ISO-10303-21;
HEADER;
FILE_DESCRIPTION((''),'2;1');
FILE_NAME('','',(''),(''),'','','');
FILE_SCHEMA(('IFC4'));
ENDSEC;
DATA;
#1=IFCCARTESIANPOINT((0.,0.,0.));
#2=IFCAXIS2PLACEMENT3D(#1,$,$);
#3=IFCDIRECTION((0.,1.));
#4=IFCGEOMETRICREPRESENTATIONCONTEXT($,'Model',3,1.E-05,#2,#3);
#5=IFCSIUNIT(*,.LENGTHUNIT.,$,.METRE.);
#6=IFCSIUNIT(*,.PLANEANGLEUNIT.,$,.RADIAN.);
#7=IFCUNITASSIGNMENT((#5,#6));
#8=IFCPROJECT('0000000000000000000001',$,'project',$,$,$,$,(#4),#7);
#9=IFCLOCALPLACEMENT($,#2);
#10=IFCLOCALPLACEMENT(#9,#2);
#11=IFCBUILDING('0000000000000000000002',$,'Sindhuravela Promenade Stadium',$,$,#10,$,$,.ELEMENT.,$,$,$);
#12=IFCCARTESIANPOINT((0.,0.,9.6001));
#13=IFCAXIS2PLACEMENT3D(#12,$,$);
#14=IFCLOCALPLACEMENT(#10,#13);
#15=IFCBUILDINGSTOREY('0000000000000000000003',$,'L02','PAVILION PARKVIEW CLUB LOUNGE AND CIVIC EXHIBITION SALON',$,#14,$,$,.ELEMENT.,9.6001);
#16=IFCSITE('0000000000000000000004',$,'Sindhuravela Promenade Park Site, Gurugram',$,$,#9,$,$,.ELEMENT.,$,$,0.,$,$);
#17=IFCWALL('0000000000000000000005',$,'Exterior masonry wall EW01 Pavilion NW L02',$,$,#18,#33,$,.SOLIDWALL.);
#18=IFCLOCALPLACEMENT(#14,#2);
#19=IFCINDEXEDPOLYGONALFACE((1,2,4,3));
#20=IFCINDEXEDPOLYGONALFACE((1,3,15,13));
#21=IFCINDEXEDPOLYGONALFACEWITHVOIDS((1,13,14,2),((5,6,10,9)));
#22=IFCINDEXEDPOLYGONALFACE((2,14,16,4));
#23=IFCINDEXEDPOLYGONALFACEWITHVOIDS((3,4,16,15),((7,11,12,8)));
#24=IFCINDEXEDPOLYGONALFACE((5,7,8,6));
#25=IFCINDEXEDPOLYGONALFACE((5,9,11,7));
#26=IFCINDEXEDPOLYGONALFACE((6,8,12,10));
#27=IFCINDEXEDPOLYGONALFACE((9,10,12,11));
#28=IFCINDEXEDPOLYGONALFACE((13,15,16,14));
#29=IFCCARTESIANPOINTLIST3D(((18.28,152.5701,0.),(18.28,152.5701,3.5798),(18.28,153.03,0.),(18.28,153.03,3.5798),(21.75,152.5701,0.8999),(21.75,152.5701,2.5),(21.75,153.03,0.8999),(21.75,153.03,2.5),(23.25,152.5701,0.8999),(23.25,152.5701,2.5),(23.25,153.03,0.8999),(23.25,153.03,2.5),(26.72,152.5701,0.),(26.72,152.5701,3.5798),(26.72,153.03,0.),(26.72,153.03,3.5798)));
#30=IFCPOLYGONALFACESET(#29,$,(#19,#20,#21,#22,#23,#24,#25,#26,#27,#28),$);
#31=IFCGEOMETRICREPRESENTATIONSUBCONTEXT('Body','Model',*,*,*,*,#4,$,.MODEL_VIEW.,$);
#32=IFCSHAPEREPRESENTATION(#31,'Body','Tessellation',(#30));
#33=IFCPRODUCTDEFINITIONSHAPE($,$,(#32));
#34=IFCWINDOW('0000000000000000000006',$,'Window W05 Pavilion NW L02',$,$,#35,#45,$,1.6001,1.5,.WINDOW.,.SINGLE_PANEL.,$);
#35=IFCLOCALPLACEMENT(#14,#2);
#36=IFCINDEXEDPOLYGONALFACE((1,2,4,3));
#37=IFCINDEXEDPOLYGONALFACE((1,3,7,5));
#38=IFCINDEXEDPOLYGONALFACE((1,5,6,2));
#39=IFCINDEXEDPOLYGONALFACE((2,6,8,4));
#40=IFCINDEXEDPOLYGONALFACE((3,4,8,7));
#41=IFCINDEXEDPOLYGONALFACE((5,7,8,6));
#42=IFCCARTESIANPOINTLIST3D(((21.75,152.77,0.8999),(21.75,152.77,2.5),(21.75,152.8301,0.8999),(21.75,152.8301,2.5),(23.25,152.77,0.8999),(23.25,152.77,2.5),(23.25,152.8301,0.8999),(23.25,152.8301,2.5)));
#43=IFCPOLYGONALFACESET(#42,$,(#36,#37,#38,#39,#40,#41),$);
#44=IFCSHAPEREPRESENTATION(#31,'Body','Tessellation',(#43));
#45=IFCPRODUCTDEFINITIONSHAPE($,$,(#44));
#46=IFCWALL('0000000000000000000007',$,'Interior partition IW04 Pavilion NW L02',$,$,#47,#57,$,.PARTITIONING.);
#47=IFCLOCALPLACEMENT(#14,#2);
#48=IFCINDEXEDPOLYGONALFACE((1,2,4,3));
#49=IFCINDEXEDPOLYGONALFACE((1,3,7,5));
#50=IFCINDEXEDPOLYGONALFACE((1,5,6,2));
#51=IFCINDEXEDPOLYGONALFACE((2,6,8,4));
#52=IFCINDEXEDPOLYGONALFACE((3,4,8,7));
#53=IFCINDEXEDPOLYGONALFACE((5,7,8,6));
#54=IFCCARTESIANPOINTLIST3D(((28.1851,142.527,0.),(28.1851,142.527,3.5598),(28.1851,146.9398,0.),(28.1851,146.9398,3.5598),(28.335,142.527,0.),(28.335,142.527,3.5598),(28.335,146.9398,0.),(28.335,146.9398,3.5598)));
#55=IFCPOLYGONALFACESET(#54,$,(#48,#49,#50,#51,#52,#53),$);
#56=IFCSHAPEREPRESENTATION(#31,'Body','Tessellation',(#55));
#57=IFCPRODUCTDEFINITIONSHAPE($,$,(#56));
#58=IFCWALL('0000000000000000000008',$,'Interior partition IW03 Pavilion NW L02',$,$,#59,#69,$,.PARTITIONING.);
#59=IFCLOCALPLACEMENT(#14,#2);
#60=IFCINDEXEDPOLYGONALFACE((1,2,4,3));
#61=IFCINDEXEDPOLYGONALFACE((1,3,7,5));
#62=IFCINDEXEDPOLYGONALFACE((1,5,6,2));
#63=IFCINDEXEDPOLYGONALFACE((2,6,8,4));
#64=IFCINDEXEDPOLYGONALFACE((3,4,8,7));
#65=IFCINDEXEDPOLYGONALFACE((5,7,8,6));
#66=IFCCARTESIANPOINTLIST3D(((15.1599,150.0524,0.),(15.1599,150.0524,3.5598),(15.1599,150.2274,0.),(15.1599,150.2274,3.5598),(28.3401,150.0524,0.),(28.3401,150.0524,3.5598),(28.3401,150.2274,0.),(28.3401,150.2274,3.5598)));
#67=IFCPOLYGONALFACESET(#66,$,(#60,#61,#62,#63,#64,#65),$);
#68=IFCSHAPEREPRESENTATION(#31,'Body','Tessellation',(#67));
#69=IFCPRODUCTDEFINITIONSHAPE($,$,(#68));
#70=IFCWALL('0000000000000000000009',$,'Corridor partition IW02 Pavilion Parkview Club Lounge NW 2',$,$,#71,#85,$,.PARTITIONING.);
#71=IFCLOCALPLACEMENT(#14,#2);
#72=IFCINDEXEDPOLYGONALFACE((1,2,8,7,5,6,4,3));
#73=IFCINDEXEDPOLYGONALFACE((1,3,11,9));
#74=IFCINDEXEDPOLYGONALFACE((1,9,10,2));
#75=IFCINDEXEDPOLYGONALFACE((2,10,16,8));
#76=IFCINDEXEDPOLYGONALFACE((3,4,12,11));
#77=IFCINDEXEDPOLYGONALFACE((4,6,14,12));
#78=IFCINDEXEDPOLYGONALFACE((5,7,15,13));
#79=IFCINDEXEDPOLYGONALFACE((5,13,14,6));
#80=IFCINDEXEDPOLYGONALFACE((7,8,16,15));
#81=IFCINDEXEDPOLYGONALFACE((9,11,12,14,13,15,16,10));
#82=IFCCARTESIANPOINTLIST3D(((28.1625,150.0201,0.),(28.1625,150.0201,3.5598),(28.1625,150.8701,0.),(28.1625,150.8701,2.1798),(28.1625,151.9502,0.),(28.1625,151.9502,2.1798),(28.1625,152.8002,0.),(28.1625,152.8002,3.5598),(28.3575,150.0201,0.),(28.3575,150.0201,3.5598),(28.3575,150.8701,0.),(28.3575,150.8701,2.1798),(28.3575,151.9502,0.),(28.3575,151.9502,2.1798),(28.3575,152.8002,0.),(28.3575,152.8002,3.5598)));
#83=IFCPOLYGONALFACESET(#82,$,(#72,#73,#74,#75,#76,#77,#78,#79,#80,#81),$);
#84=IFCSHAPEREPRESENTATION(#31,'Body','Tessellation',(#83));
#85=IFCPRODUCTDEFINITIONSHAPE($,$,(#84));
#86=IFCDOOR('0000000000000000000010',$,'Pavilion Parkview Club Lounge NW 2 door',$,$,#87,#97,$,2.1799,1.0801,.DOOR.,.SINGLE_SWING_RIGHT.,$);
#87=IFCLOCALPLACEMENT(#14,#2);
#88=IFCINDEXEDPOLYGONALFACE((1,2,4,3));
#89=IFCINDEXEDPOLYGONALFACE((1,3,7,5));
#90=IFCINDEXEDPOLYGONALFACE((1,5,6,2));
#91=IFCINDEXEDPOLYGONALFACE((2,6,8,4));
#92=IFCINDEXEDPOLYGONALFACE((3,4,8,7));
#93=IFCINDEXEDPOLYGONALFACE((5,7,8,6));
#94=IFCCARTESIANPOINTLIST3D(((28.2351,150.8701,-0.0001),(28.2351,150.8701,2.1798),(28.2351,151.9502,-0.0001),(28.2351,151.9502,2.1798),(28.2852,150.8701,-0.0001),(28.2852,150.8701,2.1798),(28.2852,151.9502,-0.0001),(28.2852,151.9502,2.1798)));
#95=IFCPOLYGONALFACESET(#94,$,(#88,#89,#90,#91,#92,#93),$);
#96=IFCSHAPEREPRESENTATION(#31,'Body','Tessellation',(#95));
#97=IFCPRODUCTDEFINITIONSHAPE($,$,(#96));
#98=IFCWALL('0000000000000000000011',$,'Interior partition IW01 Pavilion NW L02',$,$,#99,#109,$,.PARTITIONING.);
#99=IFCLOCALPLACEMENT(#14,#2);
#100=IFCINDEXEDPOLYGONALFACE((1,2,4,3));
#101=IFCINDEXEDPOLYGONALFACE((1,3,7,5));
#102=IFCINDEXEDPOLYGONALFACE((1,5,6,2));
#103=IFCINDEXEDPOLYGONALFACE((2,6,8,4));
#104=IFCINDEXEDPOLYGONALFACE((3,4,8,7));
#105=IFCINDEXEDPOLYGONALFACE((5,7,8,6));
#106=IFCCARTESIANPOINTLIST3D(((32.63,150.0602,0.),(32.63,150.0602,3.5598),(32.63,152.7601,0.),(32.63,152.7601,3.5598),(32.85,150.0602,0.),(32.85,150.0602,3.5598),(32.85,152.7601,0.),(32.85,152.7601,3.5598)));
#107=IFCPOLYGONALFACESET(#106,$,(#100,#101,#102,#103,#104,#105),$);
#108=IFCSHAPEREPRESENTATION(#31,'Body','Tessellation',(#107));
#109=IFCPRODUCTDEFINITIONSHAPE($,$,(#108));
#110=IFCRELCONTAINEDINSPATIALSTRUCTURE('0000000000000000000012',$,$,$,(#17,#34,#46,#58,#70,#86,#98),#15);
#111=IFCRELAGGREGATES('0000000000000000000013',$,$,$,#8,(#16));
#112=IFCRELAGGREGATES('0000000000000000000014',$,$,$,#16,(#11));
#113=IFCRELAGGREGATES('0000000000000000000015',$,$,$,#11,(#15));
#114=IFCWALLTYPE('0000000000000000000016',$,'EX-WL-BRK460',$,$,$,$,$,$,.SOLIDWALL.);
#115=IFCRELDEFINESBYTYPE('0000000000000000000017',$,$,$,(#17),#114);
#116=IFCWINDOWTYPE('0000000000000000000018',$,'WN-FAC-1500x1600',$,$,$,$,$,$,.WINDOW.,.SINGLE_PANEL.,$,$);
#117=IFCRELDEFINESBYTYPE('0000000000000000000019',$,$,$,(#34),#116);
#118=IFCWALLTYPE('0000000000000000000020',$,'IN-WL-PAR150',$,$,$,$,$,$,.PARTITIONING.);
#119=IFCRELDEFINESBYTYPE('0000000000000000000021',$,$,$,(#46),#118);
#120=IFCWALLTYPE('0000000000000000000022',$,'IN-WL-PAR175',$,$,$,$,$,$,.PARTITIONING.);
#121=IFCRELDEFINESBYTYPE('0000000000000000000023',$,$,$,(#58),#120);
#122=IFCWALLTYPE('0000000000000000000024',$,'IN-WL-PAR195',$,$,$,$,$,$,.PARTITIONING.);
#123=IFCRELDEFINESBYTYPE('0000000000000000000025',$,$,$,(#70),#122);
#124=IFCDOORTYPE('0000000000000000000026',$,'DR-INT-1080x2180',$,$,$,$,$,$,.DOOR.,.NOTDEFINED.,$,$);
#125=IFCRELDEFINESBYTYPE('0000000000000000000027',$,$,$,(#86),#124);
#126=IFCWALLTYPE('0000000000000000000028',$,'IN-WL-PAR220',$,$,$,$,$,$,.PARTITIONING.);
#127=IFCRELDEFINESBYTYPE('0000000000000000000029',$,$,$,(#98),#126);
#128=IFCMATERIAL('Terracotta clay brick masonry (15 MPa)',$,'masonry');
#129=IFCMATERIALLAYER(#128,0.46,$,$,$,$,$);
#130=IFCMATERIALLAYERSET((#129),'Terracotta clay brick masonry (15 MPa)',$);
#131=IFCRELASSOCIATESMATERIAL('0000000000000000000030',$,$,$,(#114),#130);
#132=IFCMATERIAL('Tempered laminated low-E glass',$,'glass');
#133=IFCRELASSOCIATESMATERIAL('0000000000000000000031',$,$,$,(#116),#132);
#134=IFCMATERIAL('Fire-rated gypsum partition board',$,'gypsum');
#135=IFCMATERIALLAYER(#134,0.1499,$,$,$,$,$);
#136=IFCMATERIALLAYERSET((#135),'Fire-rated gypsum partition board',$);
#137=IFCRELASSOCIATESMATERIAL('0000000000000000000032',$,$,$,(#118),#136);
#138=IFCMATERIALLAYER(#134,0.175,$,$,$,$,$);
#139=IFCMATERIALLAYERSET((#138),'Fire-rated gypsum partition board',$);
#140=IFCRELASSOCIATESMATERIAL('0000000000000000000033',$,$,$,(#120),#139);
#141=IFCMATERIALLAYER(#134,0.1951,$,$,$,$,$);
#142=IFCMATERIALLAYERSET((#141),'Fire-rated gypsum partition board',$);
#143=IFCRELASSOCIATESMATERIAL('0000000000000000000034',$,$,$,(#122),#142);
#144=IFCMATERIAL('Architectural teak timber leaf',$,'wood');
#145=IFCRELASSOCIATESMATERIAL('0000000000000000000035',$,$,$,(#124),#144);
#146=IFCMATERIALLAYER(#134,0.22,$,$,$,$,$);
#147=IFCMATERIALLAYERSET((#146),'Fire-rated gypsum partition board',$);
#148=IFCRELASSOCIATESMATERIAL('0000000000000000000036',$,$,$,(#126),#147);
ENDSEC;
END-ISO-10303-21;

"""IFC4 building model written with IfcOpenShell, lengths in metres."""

from ifc_helpers import new_model, si_unit, direction, frame, frame_2d, origin, place, context, subcontext, project, spatial, rectangle, extrude, material, layer, layer_set, type_object, element, fill, save


model = new_model("IFC4")

# Units and contexts
model_context = context("Model", 3, precision=1e-05, world=origin(), true_north=direction((0.0, 1.0)))
body_context = subcontext(model_context, "Body", "Model", "MODEL_VIEW")
ifc_project = project(units=[si_unit("LENGTHUNIT", "METRE"), si_unit("PLANEANGLEUNIT", "RADIAN")], contexts=[model_context])

# Site, building, storey
site_placement = place(None, origin())
site = spatial("IfcSite", under=ifc_project, at=site_placement, Name="Sindhuravela Promenade Park Site, Gurugram", CompositionType="ELEMENT", RefElevation=0.0)
building_placement = place(site_placement, origin())
building = spatial("IfcBuilding", under=site, at=building_placement, Name="Sindhuravela Promenade Stadium", CompositionType="ELEMENT")
storey_placement = place(building_placement, frame((0.0, 0.0, 9.6001)))
storey = spatial("IfcBuildingStorey", under=building, at=storey_placement, Name="L02", Description="PAVILION PARKVIEW CLUB LOUNGE AND CIVIC EXHIBITION SALON", CompositionType="ELEMENT", Elevation=9.6001)

# Wall, opening, window
ifc_material_1 = material(Name="Terracotta clay brick masonry (15 MPa)", Category="masonry")
ifc_material_2 = material(Name="Tempered laminated low-E glass", Category="glass")
ifc_layer_1 = layer(ifc_material_1, 0.46)
ifc_layer_set_1 = layer_set([ifc_layer_1], Name="Terracotta clay brick masonry (15 MPa)")
wall_type_1 = type_object("IfcWallType", Name="EX-WL-BRK460", PredefinedType="SOLIDWALL", material=ifc_layer_set_1)
wall_1_placement = place(storey_placement, frame((18.28, 152.8, 0.0), z_axis=(0.0, 0.0, 1.0), x_axis=(1.0, 0.0, 0.0)))
wall_1 = element("IfcWall", 1, at=wall_1_placement, inside=storey, type_object=wall_type_1, Name="Exterior masonry wall EW01 Pavilion NW L02", PredefinedType="SOLIDWALL", context=body_context, shape_type="SweptSolid", body=[
    extrude(rectangle(XDim=8.4399, YDim=0.46, at=frame_2d((4.22, 0.0))), origin(), (0.0, 0.0, 1.0), 3.5798),
])
opening_1_placement = place(wall_1_placement, frame((3.47, 0.0, 0.8999)))
opening_1 = element("IfcOpeningElement", 2, at=opening_1_placement, cuts=wall_1, PredefinedType="OPENING", context=body_context, shape_type="SweptSolid", body=[
    extrude(rectangle(XDim=1.5, YDim=1.6001, at=frame_2d((0.75, 0.8))), frame((0.0, 0.24, 0.0), z_axis=(0.0, -1.0, 0.0), x_axis=(1.0, 0.0, 0.0)), (0.0, 0.0, 1.0), 0.48),
])
window_type_1 = type_object("IfcWindowType", Name="WN-FAC-1500x1600", PartitioningType="SINGLE_PANEL", PredefinedType="WINDOW", material=ifc_material_2)
window_1_placement = place(opening_1_placement, origin())
window_1 = element("IfcWindow", 3, at=window_1_placement, inside=storey, type_object=window_type_1, Name="Window W05 Pavilion NW L02", OverallHeight=1.6001, OverallWidth=1.5, PartitioningType="SINGLE_PANEL", PredefinedType="WINDOW", context=body_context, shape_type="SweptSolid", body=[
    extrude(rectangle(XDim=1.5, YDim=1.6001, at=frame_2d((0.75, 0.8))), frame((0.0, 0.03, 0.0), z_axis=(0.0, -1.0, 0.0), x_axis=(1.0, 0.0, 0.0)), (0.0, 0.0, 1.0), 0.0601),
])
fill(opening_1, window_1)

# Walls
ifc_material_3 = material(Name="Fire-rated gypsum partition board", Category="gypsum")
ifc_layer_2 = layer(ifc_material_3, 0.1499)
ifc_layer_set_2 = layer_set([ifc_layer_2], Name="Fire-rated gypsum partition board")
wall_type_2 = type_object("IfcWallType", Name="IN-WL-PAR150", PredefinedType="PARTITIONING", material=ifc_layer_set_2)
wall_2_placement = place(storey_placement, frame((28.26, 146.9399, 0.0), z_axis=(0.0, 0.0, 1.0), x_axis=(0.0, -1.0, 0.0)))
element("IfcWall", 4, at=wall_2_placement, inside=storey, type_object=wall_type_2, Name="Interior partition IW04 Pavilion NW L02", PredefinedType="PARTITIONING", context=body_context, shape_type="SweptSolid", body=[
    extrude(rectangle(XDim=4.4128, YDim=0.1499, at=frame_2d((2.2065, 0.0))), origin(), (0.0, 0.0, 1.0), 3.5598),
])
ifc_layer_3 = layer(ifc_material_3, 0.175)
ifc_layer_set_3 = layer_set([ifc_layer_3], Name="Fire-rated gypsum partition board")
wall_type_3 = type_object("IfcWallType", Name="IN-WL-PAR175", PredefinedType="PARTITIONING", material=ifc_layer_set_3)
wall_3_placement = place(storey_placement, frame((28.3401, 150.1399, 0.0), z_axis=(0.0, 0.0, 1.0), x_axis=(-1.0, 0.0, 0.0)))
element("IfcWall", 5, at=wall_3_placement, inside=storey, type_object=wall_type_3, Name="Interior partition IW03 Pavilion NW L02", PredefinedType="PARTITIONING", context=body_context, shape_type="SweptSolid", body=[
    extrude(rectangle(XDim=13.1802, YDim=0.175, at=frame_2d((6.5901, 0.0))), origin(), (0.0, 0.0, 1.0), 3.5598),
])

# Wall, opening, door
ifc_layer_4 = layer(ifc_material_3, 0.1951)
ifc_layer_set_4 = layer_set([ifc_layer_4], Name="Fire-rated gypsum partition board")
wall_type_4 = type_object("IfcWallType", Name="IN-WL-PAR195", PredefinedType="PARTITIONING", material=ifc_layer_set_4)
wall_4_placement = place(storey_placement, frame((28.26, 150.02, 0.0), z_axis=(0.0, 0.0, 1.0), x_axis=(0.0, 1.0, 0.0)))
wall_4 = element("IfcWall", 6, at=wall_4_placement, inside=storey, type_object=wall_type_4, Name="Corridor partition IW02 Pavilion Parkview Club Lounge NW 2", PredefinedType="PARTITIONING", context=body_context, shape_type="SweptSolid", body=[
    extrude(rectangle(XDim=2.78, YDim=0.1951, at=frame_2d((1.3901, 0.0))), origin(), (0.0, 0.0, 1.0), 3.5598),
])
opening_2_placement = place(wall_4_placement, frame((0.8501, 0.0, 0.0)))
opening_2 = element("IfcOpeningElement", 7, at=opening_2_placement, cuts=wall_4, PredefinedType="OPENING", context=body_context, shape_type="SweptSolid", body=[
    extrude(rectangle(XDim=1.0801, YDim=2.1799, at=frame_2d((0.54, 1.0898))), frame((0.0, 0.1074, 0.0), z_axis=(0.0, -1.0, 0.0), x_axis=(1.0, 0.0, 0.0)), (0.0, 0.0, 1.0), 0.2151),
])
ifc_material_4 = material(Name="Architectural teak timber leaf", Category="wood")
door_type = type_object("IfcDoorType", Name="DR-INT-1080x2180", OperationType="NOTDEFINED", PredefinedType="DOOR", material=ifc_material_4)
door_placement = place(opening_2_placement, origin())
door = element("IfcDoor", 8, at=door_placement, inside=storey, type_object=door_type, Name="Pavilion Parkview Club Lounge NW 2 door", OperationType="SINGLE_SWING_RIGHT", OverallHeight=2.1799, OverallWidth=1.0801, PredefinedType="DOOR", context=body_context, shape_type="SweptSolid", body=[
    extrude(rectangle(XDim=1.0801, YDim=2.1799, at=frame_2d((0.54, 1.0898))), frame((0.0, 0.0249, 0.0), z_axis=(0.0, -1.0, 0.0), x_axis=(1.0, 0.0, 0.0)), (0.0, 0.0, 1.0), 0.05),
])
fill(opening_2, door)

# Wall
ifc_layer_5 = layer(ifc_material_3, 0.22)
ifc_layer_set_5 = layer_set([ifc_layer_5], Name="Fire-rated gypsum partition board")
wall_type_5 = type_object("IfcWallType", Name="IN-WL-PAR220", PredefinedType="PARTITIONING", material=ifc_layer_set_5)
wall_5_placement = place(storey_placement, frame((32.74, 150.0601, 0.0), z_axis=(0.0, 0.0, 1.0), x_axis=(0.0, 1.0, 0.0)))
element("IfcWall", 9, at=wall_5_placement, inside=storey, type_object=wall_type_5, Name="Interior partition IW01 Pavilion NW L02", PredefinedType="PARTITIONING", context=body_context, shape_type="SweptSolid", body=[
    extrude(rectangle(XDim=2.7, YDim=0.22, at=frame_2d((1.3501, 0.0))), origin(), (0.0, 0.0, 1.0), 3.5598),
])

save(model, "model.ifc")
